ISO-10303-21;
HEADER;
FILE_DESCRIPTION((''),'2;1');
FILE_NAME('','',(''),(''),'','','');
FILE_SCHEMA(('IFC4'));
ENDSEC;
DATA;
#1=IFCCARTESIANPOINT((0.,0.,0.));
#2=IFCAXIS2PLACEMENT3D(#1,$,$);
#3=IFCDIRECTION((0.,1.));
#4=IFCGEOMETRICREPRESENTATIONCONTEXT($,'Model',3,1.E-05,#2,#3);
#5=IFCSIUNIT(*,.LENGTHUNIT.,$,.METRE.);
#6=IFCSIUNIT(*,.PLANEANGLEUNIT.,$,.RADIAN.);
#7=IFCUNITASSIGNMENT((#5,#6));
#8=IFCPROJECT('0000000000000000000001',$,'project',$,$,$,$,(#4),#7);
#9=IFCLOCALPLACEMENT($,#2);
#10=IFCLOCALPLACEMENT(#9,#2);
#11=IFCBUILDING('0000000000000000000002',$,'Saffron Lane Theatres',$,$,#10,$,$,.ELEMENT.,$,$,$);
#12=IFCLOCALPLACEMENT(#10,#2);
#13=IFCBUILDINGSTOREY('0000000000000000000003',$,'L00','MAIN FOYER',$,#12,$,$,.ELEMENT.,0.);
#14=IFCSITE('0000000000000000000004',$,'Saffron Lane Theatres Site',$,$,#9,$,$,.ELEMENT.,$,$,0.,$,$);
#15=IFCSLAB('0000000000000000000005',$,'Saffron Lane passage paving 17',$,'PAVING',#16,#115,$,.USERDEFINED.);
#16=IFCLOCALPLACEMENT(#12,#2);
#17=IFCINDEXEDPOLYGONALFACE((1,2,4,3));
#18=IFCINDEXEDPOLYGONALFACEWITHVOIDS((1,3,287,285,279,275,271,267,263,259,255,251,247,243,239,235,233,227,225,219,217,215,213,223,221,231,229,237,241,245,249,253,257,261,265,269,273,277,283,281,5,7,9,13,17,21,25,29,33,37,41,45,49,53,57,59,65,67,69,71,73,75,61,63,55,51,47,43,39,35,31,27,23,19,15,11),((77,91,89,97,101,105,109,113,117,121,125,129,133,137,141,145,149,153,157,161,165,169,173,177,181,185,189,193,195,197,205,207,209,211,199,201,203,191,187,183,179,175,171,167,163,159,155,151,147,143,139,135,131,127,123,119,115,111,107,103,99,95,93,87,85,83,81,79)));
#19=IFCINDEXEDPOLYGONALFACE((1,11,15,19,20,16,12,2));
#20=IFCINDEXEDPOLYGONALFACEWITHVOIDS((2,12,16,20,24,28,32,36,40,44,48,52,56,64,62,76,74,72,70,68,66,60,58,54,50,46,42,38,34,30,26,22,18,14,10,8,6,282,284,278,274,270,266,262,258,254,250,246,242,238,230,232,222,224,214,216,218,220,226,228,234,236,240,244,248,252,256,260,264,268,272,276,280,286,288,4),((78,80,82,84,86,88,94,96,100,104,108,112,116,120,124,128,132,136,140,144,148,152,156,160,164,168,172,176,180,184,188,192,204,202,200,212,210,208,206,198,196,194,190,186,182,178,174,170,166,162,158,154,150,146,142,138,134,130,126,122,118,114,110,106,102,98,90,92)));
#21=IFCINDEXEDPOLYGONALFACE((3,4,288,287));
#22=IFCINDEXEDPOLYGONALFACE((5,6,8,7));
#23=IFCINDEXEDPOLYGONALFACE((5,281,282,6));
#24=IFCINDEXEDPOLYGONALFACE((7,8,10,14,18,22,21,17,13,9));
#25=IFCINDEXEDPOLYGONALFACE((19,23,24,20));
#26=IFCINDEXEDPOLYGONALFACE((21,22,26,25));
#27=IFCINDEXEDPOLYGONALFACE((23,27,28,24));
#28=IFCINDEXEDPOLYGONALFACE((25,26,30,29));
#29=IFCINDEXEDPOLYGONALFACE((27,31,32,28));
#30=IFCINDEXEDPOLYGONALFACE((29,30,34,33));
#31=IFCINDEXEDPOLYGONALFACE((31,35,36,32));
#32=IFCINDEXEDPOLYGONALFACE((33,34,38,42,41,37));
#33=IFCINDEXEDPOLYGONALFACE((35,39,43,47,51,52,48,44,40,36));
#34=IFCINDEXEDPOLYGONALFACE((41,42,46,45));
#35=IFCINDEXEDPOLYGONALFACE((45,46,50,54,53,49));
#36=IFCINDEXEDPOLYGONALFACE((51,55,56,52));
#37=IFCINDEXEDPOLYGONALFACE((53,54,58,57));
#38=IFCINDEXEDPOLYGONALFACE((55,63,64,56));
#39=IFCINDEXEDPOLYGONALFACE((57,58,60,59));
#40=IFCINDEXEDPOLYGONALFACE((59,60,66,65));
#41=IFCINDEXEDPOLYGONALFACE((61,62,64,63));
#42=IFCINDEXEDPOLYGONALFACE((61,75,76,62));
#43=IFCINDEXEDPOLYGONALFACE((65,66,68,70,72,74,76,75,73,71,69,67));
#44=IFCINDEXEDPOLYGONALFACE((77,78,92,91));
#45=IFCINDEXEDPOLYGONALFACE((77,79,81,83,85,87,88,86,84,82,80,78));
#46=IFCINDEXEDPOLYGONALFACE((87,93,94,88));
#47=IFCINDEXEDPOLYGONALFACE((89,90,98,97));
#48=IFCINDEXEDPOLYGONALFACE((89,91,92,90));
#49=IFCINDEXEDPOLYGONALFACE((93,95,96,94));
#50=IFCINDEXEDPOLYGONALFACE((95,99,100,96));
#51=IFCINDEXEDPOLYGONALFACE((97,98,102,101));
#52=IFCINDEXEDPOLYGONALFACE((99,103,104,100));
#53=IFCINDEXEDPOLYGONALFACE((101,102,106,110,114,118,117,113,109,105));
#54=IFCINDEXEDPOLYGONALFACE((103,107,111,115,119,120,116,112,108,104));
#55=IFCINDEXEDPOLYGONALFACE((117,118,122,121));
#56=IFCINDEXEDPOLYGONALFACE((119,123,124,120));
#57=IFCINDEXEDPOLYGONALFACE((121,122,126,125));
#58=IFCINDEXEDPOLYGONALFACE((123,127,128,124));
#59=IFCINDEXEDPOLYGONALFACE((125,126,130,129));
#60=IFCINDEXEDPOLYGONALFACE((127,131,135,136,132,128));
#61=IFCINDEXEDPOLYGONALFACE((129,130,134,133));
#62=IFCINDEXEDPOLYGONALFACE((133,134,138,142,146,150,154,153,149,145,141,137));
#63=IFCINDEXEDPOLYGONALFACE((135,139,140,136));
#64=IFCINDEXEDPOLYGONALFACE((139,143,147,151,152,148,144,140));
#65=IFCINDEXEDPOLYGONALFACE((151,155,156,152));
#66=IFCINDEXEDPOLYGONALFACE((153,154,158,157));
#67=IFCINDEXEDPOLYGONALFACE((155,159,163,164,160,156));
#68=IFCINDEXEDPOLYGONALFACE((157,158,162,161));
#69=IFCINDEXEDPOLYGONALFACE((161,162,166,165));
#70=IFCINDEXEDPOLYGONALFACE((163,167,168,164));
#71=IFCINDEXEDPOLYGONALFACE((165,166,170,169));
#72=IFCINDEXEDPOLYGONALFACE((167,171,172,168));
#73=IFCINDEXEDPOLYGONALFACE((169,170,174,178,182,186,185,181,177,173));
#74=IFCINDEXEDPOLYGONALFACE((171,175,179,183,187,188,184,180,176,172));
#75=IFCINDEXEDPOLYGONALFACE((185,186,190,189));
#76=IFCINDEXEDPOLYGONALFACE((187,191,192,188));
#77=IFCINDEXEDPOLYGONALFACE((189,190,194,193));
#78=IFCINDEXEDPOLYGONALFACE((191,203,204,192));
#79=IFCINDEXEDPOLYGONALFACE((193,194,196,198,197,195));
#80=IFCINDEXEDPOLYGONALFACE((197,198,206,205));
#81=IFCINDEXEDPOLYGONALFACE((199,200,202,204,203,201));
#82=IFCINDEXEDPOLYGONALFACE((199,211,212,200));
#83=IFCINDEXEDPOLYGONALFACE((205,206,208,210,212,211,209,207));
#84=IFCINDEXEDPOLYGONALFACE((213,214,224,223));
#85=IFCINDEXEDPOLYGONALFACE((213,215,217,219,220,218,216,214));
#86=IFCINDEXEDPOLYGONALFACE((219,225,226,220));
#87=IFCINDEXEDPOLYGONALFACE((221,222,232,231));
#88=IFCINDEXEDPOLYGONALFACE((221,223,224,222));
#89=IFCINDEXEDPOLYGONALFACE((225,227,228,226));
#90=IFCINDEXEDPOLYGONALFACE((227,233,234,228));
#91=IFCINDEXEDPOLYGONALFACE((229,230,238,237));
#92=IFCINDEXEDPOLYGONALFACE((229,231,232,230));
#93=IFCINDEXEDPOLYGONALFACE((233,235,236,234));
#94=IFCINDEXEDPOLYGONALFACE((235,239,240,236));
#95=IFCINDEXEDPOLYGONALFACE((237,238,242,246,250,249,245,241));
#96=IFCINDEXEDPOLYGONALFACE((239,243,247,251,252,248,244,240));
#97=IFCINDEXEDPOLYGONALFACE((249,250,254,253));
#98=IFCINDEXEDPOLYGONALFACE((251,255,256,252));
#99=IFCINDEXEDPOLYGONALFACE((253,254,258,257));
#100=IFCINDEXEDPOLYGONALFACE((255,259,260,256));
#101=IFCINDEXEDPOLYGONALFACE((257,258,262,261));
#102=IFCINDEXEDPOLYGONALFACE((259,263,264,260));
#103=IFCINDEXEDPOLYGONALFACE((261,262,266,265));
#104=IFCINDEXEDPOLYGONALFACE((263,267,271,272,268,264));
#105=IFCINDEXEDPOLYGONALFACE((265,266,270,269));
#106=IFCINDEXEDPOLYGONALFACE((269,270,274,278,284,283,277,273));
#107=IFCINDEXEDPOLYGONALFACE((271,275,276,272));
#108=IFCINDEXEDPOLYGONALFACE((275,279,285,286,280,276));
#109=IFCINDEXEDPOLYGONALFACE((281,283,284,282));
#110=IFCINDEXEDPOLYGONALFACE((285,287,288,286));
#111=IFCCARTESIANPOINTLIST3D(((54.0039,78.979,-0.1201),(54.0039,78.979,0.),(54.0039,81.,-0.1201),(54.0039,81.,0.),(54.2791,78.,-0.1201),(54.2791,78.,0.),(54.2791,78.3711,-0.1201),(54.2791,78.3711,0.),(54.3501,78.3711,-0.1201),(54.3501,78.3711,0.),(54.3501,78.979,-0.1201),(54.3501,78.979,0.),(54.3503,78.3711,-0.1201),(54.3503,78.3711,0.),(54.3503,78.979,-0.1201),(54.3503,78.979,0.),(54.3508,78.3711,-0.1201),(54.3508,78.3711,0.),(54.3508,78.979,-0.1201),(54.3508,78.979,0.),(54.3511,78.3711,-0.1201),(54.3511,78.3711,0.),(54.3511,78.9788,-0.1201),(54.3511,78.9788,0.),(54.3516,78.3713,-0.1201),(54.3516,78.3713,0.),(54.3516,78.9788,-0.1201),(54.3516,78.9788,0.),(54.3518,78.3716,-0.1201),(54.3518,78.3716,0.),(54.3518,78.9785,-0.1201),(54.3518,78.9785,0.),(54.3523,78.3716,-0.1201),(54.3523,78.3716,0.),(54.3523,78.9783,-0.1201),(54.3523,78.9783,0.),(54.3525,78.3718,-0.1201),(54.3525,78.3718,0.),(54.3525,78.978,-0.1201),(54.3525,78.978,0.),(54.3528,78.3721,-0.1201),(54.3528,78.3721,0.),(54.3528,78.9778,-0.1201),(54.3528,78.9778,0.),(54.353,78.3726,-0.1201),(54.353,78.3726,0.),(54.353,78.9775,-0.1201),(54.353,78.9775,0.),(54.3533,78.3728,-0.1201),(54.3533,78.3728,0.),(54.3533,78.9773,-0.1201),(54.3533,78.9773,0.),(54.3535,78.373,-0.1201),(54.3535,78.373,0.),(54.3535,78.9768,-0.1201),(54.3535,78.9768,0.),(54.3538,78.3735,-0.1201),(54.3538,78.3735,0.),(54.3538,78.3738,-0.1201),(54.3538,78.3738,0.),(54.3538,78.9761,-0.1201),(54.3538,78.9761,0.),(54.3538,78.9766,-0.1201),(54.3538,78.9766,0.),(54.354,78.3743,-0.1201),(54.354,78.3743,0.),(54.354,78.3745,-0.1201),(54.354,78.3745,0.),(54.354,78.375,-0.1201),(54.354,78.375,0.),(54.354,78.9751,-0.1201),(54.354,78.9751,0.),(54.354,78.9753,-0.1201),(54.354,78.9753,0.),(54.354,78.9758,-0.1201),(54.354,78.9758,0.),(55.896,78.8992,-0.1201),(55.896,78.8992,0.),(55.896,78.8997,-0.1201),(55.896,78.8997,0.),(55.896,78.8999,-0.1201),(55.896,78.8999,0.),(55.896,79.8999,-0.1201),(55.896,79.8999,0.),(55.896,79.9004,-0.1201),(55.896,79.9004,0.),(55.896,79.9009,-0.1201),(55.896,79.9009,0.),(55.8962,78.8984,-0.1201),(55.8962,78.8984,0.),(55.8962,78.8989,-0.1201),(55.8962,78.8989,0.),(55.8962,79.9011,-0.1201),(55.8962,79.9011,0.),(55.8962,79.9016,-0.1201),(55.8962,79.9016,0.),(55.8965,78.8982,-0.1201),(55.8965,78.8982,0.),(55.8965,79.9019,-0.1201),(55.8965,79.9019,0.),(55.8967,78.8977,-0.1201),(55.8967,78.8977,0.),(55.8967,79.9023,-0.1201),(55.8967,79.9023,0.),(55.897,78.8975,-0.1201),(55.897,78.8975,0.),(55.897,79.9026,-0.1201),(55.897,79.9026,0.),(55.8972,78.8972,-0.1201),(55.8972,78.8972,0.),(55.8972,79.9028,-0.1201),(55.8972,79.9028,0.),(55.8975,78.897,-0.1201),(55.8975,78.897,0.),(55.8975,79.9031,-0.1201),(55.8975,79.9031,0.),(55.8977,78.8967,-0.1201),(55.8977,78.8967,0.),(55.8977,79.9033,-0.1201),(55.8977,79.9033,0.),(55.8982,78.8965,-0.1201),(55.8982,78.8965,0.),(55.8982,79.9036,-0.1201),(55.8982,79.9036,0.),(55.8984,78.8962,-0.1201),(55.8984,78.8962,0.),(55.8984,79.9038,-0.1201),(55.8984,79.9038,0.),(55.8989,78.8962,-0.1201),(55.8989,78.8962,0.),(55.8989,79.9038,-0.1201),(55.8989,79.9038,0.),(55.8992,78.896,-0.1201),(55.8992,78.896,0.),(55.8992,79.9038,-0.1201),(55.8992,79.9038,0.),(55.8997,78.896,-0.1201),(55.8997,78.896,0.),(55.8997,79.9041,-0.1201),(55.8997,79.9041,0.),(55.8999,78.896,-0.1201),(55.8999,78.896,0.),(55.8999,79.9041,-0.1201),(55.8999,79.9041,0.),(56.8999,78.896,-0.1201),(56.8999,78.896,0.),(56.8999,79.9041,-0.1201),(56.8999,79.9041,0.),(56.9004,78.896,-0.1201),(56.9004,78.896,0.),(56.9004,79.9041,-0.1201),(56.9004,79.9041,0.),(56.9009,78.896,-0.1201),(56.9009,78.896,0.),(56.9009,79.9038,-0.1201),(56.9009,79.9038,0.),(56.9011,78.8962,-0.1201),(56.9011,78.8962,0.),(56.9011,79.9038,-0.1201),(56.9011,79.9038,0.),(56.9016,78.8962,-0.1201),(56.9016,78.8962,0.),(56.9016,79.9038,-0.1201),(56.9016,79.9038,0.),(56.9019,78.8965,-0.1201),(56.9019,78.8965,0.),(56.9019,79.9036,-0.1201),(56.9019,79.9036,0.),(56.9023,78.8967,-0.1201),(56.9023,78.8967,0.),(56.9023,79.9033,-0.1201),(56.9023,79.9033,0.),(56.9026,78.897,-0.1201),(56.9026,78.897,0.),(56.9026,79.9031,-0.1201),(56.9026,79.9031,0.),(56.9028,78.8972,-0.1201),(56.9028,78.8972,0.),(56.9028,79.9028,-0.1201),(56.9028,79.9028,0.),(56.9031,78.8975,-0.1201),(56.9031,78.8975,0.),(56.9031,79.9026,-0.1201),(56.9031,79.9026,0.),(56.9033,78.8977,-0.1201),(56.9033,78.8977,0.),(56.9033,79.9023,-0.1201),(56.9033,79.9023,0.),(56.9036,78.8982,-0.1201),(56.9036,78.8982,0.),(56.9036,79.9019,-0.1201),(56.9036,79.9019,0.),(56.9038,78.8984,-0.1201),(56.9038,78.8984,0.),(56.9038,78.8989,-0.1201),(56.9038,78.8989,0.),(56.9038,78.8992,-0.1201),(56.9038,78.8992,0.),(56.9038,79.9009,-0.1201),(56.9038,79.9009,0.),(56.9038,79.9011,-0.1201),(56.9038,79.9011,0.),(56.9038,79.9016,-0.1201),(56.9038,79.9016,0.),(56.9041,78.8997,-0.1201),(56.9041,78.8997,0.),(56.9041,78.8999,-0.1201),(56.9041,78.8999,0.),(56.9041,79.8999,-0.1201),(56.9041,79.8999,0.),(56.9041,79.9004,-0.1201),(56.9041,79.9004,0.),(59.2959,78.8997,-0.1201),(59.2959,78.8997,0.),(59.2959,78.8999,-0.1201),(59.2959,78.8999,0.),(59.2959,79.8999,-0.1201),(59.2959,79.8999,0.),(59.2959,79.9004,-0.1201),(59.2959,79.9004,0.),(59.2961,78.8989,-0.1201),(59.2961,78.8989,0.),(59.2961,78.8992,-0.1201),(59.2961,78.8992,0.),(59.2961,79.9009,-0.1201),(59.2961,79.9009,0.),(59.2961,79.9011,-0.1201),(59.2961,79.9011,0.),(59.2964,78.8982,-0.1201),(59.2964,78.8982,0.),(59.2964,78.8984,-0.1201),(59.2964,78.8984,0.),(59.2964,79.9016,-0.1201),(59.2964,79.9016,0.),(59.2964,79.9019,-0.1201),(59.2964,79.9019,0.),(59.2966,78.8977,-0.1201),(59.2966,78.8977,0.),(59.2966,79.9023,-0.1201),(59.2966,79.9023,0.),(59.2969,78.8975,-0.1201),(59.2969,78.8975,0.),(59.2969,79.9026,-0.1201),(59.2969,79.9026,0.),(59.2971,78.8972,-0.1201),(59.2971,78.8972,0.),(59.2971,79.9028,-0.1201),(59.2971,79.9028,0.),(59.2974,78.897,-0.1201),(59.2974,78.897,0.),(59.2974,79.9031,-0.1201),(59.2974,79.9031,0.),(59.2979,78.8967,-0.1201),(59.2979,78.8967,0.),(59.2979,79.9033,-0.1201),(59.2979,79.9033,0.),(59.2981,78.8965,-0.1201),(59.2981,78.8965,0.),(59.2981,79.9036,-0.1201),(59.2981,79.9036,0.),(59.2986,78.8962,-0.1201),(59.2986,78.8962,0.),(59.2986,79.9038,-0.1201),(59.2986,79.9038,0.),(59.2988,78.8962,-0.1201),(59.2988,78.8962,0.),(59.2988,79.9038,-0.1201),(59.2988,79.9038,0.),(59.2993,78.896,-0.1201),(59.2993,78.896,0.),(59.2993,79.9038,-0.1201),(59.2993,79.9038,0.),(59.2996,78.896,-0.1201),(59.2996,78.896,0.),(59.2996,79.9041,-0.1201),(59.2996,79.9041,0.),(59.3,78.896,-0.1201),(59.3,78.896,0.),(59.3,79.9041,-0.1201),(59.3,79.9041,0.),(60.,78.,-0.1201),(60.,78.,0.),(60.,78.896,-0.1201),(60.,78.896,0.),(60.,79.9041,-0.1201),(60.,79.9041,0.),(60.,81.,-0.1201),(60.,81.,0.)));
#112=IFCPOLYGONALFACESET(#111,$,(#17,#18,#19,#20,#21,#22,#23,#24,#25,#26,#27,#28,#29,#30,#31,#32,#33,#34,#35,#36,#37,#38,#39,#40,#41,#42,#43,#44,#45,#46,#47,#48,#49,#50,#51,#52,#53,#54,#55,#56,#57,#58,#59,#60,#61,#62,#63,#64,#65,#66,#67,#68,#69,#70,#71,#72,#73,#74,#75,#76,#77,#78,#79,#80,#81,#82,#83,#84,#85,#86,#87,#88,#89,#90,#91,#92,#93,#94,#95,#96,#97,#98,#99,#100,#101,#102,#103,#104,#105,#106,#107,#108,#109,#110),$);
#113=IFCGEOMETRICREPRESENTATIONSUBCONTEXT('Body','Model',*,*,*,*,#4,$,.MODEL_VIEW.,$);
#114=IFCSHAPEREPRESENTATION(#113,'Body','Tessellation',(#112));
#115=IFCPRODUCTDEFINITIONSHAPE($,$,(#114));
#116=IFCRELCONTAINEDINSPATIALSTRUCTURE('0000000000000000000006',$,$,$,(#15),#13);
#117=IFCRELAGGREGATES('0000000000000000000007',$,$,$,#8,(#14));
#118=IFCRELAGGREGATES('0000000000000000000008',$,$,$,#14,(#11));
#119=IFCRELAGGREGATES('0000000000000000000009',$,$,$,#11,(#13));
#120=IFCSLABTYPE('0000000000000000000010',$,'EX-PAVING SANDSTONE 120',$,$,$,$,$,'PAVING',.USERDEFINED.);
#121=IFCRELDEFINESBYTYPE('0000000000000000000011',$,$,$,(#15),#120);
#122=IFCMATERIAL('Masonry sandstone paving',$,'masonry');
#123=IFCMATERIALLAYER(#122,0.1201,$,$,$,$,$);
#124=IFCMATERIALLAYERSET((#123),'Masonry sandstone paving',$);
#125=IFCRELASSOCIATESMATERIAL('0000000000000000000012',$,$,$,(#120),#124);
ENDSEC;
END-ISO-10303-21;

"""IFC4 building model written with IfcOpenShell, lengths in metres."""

from ifc_helpers import new_model, si_unit, direction, frame, origin, place, context, subcontext, project, spatial, polyline, outline, extrude, material, layer, layer_set, type_object, element, save


model = new_model("IFC4")

# Units and contexts
model_context = context("Model", 3, precision=1e-05, world=origin(), true_north=direction((0.0, 1.0)))
body_context = subcontext(model_context, "Body", "Model", "MODEL_VIEW")
ifc_project = project(units=[si_unit("LENGTHUNIT", "METRE"), si_unit("PLANEANGLEUNIT", "RADIAN")], contexts=[model_context])

# Site, building, storey
site_placement = place(None, origin())
site = spatial("IfcSite", under=ifc_project, at=site_placement, Name="Saffron Lane Theatres Site", CompositionType="ELEMENT", RefElevation=0.0)
building_placement = place(site_placement, origin())
building = spatial("IfcBuilding", under=site, at=building_placement, Name="Saffron Lane Theatres", CompositionType="ELEMENT")
storey_placement = place(building_placement, origin())
storey = spatial("IfcBuildingStorey", under=building, at=storey_placement, Name="L00", Description="MAIN FOYER", CompositionType="ELEMENT", Elevation=0.0)

# Slab
ifc_material_1 = material(Name="Masonry sandstone paving", Category="masonry")
ifc_layer_1 = layer(ifc_material_1, 0.1201)
ifc_layer_set_1 = layer_set([ifc_layer_1], Name="Masonry sandstone paving")
slab_type_1 = type_object("IfcSlabType", Name="EX-PAVING SANDSTONE 120", ElementType="PAVING", PredefinedType="USERDEFINED", material=ifc_layer_set_1)
slab_1_placement = place(storey_placement, frame((0.0, 0.0, -0.1201)))
element("IfcSlab", 1, at=slab_1_placement, inside=storey, type_object=slab_type_1, Name="Saffron Lane passage paving 17", ObjectType="PAVING", PredefinedType="USERDEFINED", context=body_context, shape_type="SweptSolid", body=[
    extrude(outline(polyline([(60.0, 79.9041), (60.0, 81.0), (54.0039, 81.0), (54.0039, 78.979), (54.3501, 78.979), (54.3503, 78.979), (54.3508, 78.979), (54.3511, 78.9788), (54.3516, 78.9788), (54.3518, 78.9785), (54.3523, 78.9783), (54.3525, 78.978), (54.3528, 78.9778), (54.353, 78.9775), (54.3533, 78.9773), (54.3535, 78.9768), (54.3538, 78.9766), (54.3538, 78.9761), (54.354, 78.9758), (54.354, 78.9753), (54.354, 78.9751), (54.354, 78.375), (54.354, 78.3745), (54.354, 78.3743), (54.3538, 78.3738), (54.3538, 78.3735), (54.3535, 78.373), (54.3533, 78.3728), (54.353, 78.3726), (54.3528, 78.3721), (54.3525, 78.3718), (54.3523, 78.3716), (54.3518, 78.3716), (54.3516, 78.3713), (54.3511, 78.3711), (54.3508, 78.3711), (54.3503, 78.3711), (54.3501, 78.3711), (54.2791, 78.3711), (54.2791, 78.0), (60.0, 78.0), (60.0, 78.896), (59.3, 78.896), (59.2996, 78.896), (59.2993, 78.896), (59.2988, 78.8962), (59.2986, 78.8962), (59.2981, 78.8965), (59.2979, 78.8967), (59.2974, 78.897), (59.2971, 78.8972), (59.2969, 78.8975), (59.2966, 78.8977), (59.2964, 78.8982), (59.2964, 78.8984), (59.2961, 78.8989), (59.2961, 78.8992), (59.2959, 78.8997), (59.2959, 78.8999), (59.2959, 79.8999), (59.2959, 79.9004), (59.2961, 79.9009), (59.2961, 79.9011), (59.2964, 79.9016), (59.2964, 79.9019), (59.2966, 79.9023), (59.2969, 79.9026), (59.2971, 79.9028), (59.2974, 79.9031), (59.2979, 79.9033), (59.2981, 79.9036), (59.2986, 79.9038), (59.2988, 79.9038), (59.2993, 79.9038), (59.2996, 79.9041), (59.3, 79.9041), (60.0, 79.9041)]), holes=[polyline([(55.896, 79.9004), (55.896, 79.9009), (55.8962, 79.9011), (55.8962, 79.9016), (55.8965, 79.9019), (55.8967, 79.9023), (55.897, 79.9026), (55.8972, 79.9028), (55.8975, 79.9031), (55.8977, 79.9033), (55.8982, 79.9036), (55.8984, 79.9038), (55.8989, 79.9038), (55.8992, 79.9038), (55.8997, 79.9041), (55.8999, 79.9041), (56.8999, 79.9041), (56.9004, 79.9041), (56.9009, 79.9038), (56.9011, 79.9038), (56.9016, 79.9038), (56.9019, 79.9036), (56.9023, 79.9033), (56.9026, 79.9031), (56.9028, 79.9028), (56.9031, 79.9026), (56.9033, 79.9023), (56.9036, 79.9019), (56.9038, 79.9016), (56.9038, 79.9011), (56.9038, 79.9009), (56.9041, 79.9004), (56.9041, 79.8999), (56.9041, 78.8999), (56.9041, 78.8997), (56.9038, 78.8992), (56.9038, 78.8989), (56.9038, 78.8984), (56.9036, 78.8982), (56.9033, 78.8977), (56.9031, 78.8975), (56.9028, 78.8972), (56.9026, 78.897), (56.9023, 78.8967), (56.9019, 78.8965), (56.9016, 78.8962), (56.9011, 78.8962), (56.9009, 78.896), (56.9004, 78.896), (56.8999, 78.896), (55.8999, 78.896), (55.8997, 78.896), (55.8992, 78.896), (55.8989, 78.8962), (55.8984, 78.8962), (55.8982, 78.8965), (55.8977, 78.8967), (55.8975, 78.897), (55.8972, 78.8972), (55.897, 78.8975), (55.8967, 78.8977), (55.8965, 78.8982), (55.8962, 78.8984), (55.8962, 78.8989), (55.896, 78.8992), (55.896, 78.8997), (55.896, 78.8999), (55.896, 79.8999), (55.896, 79.9004)])]), origin(), (0.0, 0.0, 1.0), 0.1201),
])

save(model, "model.ifc")
